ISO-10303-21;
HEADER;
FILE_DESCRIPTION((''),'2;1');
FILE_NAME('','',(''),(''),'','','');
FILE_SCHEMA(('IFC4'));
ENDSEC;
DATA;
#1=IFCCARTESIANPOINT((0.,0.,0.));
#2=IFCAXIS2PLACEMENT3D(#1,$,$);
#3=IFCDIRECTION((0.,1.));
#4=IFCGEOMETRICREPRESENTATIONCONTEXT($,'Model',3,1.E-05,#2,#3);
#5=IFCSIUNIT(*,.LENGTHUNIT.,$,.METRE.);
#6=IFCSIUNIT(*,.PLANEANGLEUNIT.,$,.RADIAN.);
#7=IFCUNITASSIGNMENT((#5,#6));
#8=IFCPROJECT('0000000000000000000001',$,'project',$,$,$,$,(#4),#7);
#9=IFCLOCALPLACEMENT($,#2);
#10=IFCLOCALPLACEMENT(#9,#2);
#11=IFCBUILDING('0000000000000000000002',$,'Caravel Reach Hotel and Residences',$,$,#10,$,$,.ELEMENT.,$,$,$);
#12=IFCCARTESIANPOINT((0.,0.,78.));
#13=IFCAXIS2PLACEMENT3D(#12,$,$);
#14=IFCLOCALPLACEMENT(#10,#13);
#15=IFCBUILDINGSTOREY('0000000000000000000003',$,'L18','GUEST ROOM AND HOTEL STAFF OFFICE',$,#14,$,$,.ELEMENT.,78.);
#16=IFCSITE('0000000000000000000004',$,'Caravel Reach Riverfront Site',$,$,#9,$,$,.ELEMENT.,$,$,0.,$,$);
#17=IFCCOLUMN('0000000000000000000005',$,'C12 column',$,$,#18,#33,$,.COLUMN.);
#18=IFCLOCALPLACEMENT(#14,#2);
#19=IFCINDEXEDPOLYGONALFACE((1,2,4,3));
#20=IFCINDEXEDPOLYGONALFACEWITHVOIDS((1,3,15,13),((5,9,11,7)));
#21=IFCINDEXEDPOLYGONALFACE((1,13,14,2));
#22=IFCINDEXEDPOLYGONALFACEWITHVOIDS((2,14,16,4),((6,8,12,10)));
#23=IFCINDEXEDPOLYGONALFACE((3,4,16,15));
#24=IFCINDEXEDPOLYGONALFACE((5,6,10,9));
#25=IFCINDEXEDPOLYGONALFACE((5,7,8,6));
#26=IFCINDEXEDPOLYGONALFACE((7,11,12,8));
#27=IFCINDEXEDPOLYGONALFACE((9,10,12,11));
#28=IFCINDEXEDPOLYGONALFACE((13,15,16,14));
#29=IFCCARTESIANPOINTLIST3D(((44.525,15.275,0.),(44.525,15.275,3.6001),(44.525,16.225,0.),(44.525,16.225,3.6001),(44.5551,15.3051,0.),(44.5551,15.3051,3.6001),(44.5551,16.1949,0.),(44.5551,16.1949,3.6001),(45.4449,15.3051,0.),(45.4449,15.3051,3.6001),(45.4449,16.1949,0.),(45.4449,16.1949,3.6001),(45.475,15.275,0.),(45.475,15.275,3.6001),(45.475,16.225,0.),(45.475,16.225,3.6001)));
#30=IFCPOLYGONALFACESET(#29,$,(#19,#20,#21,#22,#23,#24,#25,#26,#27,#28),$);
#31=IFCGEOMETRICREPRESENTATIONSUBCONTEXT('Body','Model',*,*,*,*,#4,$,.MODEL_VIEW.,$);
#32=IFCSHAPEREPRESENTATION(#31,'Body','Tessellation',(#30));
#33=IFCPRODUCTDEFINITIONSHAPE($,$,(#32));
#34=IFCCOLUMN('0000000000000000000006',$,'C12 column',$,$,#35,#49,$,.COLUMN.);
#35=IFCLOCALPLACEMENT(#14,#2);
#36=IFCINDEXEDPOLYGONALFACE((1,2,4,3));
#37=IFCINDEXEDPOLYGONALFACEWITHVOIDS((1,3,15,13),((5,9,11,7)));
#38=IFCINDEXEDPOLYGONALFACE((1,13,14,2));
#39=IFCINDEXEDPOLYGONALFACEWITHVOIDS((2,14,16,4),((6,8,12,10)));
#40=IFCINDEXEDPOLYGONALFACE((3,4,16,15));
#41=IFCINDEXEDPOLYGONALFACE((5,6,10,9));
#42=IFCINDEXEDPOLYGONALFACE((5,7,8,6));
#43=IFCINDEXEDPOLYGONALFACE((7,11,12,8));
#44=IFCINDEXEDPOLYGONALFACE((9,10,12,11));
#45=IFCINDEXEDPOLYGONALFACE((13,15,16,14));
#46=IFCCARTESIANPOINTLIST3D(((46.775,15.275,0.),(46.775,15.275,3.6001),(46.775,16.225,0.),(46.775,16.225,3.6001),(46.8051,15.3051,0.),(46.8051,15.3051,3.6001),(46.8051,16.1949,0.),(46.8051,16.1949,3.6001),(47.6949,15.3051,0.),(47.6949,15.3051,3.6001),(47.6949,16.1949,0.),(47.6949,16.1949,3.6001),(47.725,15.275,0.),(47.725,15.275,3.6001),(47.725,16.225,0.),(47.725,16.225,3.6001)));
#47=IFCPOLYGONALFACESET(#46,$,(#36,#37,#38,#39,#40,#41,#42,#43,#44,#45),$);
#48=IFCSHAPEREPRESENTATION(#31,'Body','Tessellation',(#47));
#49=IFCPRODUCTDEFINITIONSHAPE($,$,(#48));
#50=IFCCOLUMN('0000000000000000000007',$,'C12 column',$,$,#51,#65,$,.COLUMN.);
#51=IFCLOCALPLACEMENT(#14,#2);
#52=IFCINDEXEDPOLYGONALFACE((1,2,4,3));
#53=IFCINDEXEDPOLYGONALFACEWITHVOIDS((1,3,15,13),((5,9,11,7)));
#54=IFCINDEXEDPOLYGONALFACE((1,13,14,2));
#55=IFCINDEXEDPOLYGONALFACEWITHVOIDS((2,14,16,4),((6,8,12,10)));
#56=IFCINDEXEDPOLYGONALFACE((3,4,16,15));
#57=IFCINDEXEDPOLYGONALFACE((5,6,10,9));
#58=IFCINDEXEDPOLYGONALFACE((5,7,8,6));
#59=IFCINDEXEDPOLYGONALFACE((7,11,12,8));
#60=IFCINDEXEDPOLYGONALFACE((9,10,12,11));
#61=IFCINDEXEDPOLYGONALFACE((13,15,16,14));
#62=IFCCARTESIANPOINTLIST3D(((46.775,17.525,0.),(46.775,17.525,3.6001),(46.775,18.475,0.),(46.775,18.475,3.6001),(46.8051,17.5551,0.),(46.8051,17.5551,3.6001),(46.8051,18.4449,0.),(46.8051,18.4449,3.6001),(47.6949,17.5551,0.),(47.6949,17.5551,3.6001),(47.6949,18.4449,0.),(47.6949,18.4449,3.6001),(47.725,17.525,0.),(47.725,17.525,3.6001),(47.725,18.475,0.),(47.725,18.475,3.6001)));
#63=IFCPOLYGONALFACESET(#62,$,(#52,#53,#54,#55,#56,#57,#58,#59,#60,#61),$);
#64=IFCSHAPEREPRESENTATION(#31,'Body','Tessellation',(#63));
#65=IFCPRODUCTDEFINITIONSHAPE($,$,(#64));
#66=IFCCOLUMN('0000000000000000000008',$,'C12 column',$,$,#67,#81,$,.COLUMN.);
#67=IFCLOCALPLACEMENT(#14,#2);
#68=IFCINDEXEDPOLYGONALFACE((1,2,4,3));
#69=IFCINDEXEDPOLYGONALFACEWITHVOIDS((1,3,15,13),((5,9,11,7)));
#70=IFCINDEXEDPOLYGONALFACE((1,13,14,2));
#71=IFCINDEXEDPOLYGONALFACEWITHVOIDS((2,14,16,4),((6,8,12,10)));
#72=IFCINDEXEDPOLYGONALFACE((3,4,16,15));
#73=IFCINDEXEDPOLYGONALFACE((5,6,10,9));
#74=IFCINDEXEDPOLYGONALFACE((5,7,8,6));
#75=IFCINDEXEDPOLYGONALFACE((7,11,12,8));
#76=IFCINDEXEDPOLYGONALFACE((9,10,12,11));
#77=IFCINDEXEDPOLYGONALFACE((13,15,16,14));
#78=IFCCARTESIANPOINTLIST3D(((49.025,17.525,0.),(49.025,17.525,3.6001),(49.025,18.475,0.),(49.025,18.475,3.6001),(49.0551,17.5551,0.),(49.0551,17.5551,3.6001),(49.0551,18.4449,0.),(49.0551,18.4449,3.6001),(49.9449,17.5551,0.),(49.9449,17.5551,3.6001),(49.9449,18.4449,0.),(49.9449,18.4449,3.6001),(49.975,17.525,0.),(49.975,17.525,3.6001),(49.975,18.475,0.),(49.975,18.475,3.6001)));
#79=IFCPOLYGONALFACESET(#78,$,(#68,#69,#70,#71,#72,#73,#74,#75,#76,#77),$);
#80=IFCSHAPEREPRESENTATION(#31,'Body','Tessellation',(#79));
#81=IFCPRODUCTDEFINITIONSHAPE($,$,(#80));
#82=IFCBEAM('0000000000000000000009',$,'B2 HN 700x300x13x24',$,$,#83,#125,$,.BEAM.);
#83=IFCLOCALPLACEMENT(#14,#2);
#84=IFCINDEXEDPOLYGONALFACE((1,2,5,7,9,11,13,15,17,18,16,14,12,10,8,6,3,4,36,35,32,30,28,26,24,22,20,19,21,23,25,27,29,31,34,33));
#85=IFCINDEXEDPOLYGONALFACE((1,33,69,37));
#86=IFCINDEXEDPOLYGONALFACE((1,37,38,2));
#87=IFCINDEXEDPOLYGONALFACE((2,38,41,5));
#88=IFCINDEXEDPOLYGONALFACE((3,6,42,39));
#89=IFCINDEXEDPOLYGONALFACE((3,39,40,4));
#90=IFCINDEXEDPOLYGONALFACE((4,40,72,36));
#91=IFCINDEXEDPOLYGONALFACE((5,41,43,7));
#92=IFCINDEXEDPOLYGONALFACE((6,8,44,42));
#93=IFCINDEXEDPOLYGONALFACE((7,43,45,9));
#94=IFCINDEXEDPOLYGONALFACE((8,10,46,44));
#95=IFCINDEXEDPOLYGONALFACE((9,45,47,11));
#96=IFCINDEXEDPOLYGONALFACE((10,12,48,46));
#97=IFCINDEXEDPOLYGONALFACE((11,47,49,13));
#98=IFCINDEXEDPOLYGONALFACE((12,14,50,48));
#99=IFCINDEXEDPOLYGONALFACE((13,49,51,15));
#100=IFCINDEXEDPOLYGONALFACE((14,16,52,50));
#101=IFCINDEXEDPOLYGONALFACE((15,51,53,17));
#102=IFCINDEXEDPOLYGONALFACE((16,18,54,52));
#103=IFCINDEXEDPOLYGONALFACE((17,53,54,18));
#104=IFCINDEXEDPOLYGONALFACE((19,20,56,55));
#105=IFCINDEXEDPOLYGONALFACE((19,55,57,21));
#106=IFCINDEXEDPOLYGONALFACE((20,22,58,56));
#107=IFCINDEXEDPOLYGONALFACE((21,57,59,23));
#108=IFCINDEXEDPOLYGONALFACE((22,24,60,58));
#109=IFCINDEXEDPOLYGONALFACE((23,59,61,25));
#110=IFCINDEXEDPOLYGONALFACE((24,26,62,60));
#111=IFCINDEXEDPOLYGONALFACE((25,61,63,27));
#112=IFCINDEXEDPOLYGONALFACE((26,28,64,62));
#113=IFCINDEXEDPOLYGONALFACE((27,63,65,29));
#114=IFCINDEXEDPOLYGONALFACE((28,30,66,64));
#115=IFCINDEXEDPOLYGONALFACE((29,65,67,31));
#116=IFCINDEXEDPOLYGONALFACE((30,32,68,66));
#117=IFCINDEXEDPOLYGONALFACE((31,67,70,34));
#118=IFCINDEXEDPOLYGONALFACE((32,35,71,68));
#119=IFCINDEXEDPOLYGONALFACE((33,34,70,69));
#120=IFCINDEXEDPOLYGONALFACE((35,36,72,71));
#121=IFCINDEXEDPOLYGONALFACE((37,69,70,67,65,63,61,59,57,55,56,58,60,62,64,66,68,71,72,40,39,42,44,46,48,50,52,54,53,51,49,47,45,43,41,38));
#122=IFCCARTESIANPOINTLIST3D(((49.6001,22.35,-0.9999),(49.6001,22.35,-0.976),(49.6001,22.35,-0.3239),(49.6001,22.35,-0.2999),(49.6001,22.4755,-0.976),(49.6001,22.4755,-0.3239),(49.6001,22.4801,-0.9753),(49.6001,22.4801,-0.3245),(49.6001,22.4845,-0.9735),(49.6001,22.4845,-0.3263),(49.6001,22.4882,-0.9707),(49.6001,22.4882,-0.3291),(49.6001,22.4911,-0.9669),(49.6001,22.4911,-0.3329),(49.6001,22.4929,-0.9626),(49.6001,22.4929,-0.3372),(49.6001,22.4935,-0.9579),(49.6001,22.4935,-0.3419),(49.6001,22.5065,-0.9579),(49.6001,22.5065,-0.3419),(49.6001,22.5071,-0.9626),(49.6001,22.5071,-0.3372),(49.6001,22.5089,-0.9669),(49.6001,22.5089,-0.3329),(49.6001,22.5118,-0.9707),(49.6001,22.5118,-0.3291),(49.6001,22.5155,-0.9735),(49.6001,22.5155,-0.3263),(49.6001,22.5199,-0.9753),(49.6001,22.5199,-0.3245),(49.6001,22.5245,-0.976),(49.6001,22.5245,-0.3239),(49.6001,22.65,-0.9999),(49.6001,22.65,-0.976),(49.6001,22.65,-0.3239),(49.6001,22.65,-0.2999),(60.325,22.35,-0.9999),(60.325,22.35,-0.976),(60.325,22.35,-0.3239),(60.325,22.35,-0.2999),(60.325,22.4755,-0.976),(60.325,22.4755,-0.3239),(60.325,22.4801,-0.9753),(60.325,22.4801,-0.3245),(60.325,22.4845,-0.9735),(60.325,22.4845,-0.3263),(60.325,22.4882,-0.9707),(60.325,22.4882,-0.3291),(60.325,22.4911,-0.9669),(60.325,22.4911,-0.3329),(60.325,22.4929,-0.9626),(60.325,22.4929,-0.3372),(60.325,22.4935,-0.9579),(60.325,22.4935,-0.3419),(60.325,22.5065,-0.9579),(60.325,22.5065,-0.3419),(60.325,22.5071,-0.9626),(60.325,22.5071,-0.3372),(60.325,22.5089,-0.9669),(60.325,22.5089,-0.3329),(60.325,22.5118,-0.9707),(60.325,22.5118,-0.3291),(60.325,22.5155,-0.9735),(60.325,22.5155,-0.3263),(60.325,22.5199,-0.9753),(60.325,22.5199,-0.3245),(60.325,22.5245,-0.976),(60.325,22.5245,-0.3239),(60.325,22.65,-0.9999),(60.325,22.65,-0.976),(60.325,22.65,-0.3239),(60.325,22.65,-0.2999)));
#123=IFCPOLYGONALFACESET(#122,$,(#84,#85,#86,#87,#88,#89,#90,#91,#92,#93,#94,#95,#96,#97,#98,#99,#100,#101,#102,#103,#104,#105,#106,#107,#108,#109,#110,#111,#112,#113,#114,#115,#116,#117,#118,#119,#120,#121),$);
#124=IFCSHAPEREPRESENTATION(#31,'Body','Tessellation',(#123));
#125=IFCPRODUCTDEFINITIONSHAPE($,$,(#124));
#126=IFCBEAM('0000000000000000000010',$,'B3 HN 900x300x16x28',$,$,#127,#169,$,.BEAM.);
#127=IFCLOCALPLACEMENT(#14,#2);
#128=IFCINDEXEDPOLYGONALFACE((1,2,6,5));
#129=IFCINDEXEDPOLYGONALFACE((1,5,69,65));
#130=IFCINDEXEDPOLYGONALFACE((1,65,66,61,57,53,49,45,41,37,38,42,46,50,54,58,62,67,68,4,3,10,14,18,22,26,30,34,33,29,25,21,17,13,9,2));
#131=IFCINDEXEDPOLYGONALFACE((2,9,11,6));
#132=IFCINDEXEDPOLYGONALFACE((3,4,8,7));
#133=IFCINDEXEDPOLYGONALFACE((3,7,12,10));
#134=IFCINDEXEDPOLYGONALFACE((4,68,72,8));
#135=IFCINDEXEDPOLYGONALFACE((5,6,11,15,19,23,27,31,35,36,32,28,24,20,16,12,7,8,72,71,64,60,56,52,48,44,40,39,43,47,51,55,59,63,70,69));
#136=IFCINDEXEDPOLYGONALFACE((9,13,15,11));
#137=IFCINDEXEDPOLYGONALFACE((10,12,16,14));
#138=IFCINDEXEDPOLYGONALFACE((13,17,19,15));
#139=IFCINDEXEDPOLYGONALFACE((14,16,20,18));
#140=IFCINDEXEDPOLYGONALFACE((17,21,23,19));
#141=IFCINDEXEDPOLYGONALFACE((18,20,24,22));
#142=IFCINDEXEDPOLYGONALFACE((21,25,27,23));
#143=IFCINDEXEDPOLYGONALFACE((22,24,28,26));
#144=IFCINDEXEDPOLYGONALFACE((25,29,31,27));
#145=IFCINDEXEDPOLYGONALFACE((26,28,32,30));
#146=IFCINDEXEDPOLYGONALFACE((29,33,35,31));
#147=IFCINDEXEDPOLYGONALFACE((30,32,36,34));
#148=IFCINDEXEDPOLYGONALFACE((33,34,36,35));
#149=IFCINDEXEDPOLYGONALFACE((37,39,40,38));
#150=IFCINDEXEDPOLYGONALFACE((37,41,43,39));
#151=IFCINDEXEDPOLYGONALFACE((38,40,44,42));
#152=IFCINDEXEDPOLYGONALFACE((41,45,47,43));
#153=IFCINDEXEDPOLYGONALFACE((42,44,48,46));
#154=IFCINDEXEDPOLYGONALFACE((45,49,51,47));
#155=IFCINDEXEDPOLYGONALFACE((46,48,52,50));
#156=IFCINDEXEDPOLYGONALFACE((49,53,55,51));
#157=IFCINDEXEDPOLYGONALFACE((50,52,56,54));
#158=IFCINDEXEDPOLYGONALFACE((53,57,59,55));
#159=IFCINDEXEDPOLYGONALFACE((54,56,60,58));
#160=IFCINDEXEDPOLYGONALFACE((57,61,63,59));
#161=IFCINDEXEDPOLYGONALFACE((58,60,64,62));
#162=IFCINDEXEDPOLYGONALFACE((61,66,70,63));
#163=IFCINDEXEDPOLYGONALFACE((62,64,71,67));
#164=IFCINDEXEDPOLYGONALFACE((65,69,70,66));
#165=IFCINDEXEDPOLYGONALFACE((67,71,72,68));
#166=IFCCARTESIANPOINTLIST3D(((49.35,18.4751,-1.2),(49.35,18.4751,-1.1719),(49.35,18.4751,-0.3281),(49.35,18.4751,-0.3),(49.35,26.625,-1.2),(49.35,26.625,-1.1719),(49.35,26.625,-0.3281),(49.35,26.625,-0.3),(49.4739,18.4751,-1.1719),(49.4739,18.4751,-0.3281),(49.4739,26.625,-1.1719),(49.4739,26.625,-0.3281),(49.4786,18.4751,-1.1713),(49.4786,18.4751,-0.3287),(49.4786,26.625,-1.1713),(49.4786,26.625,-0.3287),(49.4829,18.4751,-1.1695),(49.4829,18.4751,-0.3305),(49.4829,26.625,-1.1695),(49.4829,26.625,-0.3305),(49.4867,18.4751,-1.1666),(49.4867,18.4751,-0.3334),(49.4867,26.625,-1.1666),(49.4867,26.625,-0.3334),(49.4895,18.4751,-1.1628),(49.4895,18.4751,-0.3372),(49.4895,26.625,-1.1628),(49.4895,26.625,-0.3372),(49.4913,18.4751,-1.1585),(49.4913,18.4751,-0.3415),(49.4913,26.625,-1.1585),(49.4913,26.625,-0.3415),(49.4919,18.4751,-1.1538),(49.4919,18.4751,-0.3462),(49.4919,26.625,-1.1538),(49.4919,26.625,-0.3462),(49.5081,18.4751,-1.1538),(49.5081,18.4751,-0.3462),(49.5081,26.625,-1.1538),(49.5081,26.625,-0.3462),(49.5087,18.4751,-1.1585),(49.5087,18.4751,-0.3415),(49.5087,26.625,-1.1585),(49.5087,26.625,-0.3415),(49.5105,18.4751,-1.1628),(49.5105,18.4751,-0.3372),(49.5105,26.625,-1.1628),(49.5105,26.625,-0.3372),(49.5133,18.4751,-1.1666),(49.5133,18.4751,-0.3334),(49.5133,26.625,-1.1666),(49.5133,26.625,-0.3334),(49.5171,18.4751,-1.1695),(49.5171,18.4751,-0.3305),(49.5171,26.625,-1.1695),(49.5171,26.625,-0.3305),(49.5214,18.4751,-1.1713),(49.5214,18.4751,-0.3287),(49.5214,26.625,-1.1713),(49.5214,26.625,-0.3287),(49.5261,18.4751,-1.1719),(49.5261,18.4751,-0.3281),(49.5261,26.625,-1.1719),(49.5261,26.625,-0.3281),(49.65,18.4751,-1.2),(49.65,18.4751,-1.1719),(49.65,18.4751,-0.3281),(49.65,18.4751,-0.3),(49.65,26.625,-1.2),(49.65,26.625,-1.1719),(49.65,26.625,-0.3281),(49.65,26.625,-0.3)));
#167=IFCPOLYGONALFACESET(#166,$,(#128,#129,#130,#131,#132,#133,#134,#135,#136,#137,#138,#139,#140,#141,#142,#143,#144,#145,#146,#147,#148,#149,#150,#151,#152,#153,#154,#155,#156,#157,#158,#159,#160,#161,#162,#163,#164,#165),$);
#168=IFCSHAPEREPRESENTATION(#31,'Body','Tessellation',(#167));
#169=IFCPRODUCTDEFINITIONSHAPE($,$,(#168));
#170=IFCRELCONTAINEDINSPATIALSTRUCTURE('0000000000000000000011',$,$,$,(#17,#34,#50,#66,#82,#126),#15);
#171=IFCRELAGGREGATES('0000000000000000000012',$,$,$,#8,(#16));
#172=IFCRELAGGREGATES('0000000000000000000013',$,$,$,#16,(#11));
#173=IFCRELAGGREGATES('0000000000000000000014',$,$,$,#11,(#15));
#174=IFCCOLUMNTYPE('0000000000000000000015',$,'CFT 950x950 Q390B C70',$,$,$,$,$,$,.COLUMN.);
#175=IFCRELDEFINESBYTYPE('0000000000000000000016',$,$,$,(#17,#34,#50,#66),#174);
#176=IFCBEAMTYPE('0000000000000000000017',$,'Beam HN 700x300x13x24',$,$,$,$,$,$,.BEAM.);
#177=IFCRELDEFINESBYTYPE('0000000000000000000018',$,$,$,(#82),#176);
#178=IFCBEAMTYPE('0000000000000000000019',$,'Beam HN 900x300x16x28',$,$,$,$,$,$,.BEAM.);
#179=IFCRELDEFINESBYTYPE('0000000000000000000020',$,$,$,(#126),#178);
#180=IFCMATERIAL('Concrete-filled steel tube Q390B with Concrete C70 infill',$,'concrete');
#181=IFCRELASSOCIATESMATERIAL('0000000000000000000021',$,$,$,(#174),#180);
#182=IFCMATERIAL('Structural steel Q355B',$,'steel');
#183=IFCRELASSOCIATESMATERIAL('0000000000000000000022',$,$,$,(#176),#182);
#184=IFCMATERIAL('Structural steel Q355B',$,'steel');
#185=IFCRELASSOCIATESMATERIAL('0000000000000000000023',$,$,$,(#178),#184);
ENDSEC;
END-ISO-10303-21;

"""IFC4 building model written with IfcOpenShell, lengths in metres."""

from ifc_helpers import new_model, si_unit, direction, frame, origin, origin_2d, place, context, subcontext, project, spatial, hollow_rectangle, i_section, extrude, material, material_profile, profile_set, type_object, element, save


model = new_model("IFC4")

# Units and contexts
model_context = context("Model", 3, precision=1e-05, world=origin(), true_north=direction((0.0, 1.0)))
body_context = subcontext(model_context, "Body", "Model", "MODEL_VIEW")
ifc_project = project(units=[si_unit("LENGTHUNIT", "METRE"), si_unit("PLANEANGLEUNIT", "RADIAN")], contexts=[model_context])

# Site, building, storey
site_placement = place(None, origin())
site = spatial("IfcSite", under=ifc_project, at=site_placement, Name="Caravel Reach Riverfront Site", CompositionType="ELEMENT", RefElevation=0.0)
building_placement = place(site_placement, origin())
building = spatial("IfcBuilding", under=site, at=building_placement, Name="Caravel Reach Hotel and Residences", CompositionType="ELEMENT")
storey_placement = place(building_placement, frame((0.0, 0.0, 78.0)))
storey = spatial("IfcBuildingStorey", under=building, at=storey_placement, Name="L18", Description="GUEST ROOM AND HOTEL STAFF OFFICE", CompositionType="ELEMENT", Elevation=78.0)

# Columns
ifc_material_1 = material(Name="Concrete-filled steel tube Q390B with Concrete C70 infill", Category="concrete")
ifc_material_profile_1 = material_profile(ifc_material_1, hollow_rectangle(XDim=0.95, YDim=0.95, WallThickness=0.03, at=origin_2d()), Name="RHS 950x950x30")
ifc_profile_set_1 = profile_set([ifc_material_profile_1], Name="Concrete-filled steel tube Q390B with Concrete C70 infill")
column_type = type_object("IfcColumnType", Name="CFT 950x950 Q390B C70", PredefinedType="COLUMN", material=ifc_profile_set_1)
for number, where, z_axis, x_axis, name in (
    (1, (45.0, 15.75, 0.0), (0.0, 0.0, 1.0), (1.0, 0.0, 0.0), "C12 column"),
    (2, (47.25, 15.75, 0.0), (0.0, 0.0, 1.0), (1.0, 0.0, 0.0), "C12 column"),
    (3, (47.25, 18.0, 0.0), (0.0, 0.0, 1.0), (1.0, 0.0, 0.0), "C12 column"),
    (4, (49.5, 18.0, 0.0), (0.0, 0.0, 1.0), (1.0, 0.0, 0.0), "C12 column"),
):
    element("IfcColumn", number, at=place(storey_placement, frame(where, z_axis=z_axis, x_axis=x_axis)), inside=storey, type_object=column_type, Name=name, PredefinedType="COLUMN", context=body_context, shape_type="SweptSolid", body=[
        extrude(hollow_rectangle(XDim=0.95, YDim=0.95, WallThickness=0.03, at=origin_2d()), origin(), (0.0, 0.0, 1.0), 3.6001),
    ])

# Beams
ifc_material_2 = material(Name="Structural steel Q355B", Category="steel")
ifc_material_profile_2 = material_profile(ifc_material_2, i_section(OverallWidth=0.3, OverallDepth=0.7, WebThickness=0.0129, FlangeThickness=0.0239, FilletRadius=0.0181, at=origin_2d()), Name="HN 700x300x13x24")
ifc_profile_set_2 = profile_set([ifc_material_profile_2], Name="Structural steel Q355B")
beam_type_1 = type_object("IfcBeamType", Name="Beam HN 700x300x13x24", PredefinedType="BEAM", material=ifc_profile_set_2)
beam_1_placement = place(storey_placement, frame((49.6001, 22.5, -0.6499), z_axis=(1.0, 0.0, 0.0), x_axis=(0.0, 1.0, 0.0)))
element("IfcBeam", 5, at=beam_1_placement, inside=storey, type_object=beam_type_1, Name="B2 HN 700x300x13x24", PredefinedType="BEAM", context=body_context, shape_type="SweptSolid", body=[
    extrude(i_section(OverallWidth=0.3, OverallDepth=0.7, WebThickness=0.0129, FlangeThickness=0.0239, FilletRadius=0.0181, at=origin_2d()), origin(), (0.0, 0.0, 1.0), 10.7249),
])
ifc_material_3 = material(Name="Structural steel Q355B", Category="steel")
ifc_material_profile_3 = material_profile(ifc_material_3, i_section(OverallWidth=0.3, OverallDepth=0.8999, WebThickness=0.0161, FlangeThickness=0.0281, FilletRadius=0.0181, at=origin_2d()), Name="HN 900x300x16x28")
ifc_profile_set_3 = profile_set([ifc_material_profile_3], Name="Structural steel Q355B")
beam_type_2 = type_object("IfcBeamType", Name="Beam HN 900x300x16x28", PredefinedType="BEAM", material=ifc_profile_set_3)
beam_2_placement = place(storey_placement, frame((49.5, 18.4751, -0.75), z_axis=(0.0, 1.0, 0.0), x_axis=(-1.0, 0.0, 0.0)))
element("IfcBeam", 6, at=beam_2_placement, inside=storey, type_object=beam_type_2, Name="B3 HN 900x300x16x28", PredefinedType="BEAM", context=body_context, shape_type="SweptSolid", body=[
    extrude(i_section(OverallWidth=0.3, OverallDepth=0.8999, WebThickness=0.0161, FlangeThickness=0.0281, FilletRadius=0.0181, at=origin_2d()), origin(), (0.0, 0.0, 1.0), 8.1499),
])

save(model, "model.ifc")
